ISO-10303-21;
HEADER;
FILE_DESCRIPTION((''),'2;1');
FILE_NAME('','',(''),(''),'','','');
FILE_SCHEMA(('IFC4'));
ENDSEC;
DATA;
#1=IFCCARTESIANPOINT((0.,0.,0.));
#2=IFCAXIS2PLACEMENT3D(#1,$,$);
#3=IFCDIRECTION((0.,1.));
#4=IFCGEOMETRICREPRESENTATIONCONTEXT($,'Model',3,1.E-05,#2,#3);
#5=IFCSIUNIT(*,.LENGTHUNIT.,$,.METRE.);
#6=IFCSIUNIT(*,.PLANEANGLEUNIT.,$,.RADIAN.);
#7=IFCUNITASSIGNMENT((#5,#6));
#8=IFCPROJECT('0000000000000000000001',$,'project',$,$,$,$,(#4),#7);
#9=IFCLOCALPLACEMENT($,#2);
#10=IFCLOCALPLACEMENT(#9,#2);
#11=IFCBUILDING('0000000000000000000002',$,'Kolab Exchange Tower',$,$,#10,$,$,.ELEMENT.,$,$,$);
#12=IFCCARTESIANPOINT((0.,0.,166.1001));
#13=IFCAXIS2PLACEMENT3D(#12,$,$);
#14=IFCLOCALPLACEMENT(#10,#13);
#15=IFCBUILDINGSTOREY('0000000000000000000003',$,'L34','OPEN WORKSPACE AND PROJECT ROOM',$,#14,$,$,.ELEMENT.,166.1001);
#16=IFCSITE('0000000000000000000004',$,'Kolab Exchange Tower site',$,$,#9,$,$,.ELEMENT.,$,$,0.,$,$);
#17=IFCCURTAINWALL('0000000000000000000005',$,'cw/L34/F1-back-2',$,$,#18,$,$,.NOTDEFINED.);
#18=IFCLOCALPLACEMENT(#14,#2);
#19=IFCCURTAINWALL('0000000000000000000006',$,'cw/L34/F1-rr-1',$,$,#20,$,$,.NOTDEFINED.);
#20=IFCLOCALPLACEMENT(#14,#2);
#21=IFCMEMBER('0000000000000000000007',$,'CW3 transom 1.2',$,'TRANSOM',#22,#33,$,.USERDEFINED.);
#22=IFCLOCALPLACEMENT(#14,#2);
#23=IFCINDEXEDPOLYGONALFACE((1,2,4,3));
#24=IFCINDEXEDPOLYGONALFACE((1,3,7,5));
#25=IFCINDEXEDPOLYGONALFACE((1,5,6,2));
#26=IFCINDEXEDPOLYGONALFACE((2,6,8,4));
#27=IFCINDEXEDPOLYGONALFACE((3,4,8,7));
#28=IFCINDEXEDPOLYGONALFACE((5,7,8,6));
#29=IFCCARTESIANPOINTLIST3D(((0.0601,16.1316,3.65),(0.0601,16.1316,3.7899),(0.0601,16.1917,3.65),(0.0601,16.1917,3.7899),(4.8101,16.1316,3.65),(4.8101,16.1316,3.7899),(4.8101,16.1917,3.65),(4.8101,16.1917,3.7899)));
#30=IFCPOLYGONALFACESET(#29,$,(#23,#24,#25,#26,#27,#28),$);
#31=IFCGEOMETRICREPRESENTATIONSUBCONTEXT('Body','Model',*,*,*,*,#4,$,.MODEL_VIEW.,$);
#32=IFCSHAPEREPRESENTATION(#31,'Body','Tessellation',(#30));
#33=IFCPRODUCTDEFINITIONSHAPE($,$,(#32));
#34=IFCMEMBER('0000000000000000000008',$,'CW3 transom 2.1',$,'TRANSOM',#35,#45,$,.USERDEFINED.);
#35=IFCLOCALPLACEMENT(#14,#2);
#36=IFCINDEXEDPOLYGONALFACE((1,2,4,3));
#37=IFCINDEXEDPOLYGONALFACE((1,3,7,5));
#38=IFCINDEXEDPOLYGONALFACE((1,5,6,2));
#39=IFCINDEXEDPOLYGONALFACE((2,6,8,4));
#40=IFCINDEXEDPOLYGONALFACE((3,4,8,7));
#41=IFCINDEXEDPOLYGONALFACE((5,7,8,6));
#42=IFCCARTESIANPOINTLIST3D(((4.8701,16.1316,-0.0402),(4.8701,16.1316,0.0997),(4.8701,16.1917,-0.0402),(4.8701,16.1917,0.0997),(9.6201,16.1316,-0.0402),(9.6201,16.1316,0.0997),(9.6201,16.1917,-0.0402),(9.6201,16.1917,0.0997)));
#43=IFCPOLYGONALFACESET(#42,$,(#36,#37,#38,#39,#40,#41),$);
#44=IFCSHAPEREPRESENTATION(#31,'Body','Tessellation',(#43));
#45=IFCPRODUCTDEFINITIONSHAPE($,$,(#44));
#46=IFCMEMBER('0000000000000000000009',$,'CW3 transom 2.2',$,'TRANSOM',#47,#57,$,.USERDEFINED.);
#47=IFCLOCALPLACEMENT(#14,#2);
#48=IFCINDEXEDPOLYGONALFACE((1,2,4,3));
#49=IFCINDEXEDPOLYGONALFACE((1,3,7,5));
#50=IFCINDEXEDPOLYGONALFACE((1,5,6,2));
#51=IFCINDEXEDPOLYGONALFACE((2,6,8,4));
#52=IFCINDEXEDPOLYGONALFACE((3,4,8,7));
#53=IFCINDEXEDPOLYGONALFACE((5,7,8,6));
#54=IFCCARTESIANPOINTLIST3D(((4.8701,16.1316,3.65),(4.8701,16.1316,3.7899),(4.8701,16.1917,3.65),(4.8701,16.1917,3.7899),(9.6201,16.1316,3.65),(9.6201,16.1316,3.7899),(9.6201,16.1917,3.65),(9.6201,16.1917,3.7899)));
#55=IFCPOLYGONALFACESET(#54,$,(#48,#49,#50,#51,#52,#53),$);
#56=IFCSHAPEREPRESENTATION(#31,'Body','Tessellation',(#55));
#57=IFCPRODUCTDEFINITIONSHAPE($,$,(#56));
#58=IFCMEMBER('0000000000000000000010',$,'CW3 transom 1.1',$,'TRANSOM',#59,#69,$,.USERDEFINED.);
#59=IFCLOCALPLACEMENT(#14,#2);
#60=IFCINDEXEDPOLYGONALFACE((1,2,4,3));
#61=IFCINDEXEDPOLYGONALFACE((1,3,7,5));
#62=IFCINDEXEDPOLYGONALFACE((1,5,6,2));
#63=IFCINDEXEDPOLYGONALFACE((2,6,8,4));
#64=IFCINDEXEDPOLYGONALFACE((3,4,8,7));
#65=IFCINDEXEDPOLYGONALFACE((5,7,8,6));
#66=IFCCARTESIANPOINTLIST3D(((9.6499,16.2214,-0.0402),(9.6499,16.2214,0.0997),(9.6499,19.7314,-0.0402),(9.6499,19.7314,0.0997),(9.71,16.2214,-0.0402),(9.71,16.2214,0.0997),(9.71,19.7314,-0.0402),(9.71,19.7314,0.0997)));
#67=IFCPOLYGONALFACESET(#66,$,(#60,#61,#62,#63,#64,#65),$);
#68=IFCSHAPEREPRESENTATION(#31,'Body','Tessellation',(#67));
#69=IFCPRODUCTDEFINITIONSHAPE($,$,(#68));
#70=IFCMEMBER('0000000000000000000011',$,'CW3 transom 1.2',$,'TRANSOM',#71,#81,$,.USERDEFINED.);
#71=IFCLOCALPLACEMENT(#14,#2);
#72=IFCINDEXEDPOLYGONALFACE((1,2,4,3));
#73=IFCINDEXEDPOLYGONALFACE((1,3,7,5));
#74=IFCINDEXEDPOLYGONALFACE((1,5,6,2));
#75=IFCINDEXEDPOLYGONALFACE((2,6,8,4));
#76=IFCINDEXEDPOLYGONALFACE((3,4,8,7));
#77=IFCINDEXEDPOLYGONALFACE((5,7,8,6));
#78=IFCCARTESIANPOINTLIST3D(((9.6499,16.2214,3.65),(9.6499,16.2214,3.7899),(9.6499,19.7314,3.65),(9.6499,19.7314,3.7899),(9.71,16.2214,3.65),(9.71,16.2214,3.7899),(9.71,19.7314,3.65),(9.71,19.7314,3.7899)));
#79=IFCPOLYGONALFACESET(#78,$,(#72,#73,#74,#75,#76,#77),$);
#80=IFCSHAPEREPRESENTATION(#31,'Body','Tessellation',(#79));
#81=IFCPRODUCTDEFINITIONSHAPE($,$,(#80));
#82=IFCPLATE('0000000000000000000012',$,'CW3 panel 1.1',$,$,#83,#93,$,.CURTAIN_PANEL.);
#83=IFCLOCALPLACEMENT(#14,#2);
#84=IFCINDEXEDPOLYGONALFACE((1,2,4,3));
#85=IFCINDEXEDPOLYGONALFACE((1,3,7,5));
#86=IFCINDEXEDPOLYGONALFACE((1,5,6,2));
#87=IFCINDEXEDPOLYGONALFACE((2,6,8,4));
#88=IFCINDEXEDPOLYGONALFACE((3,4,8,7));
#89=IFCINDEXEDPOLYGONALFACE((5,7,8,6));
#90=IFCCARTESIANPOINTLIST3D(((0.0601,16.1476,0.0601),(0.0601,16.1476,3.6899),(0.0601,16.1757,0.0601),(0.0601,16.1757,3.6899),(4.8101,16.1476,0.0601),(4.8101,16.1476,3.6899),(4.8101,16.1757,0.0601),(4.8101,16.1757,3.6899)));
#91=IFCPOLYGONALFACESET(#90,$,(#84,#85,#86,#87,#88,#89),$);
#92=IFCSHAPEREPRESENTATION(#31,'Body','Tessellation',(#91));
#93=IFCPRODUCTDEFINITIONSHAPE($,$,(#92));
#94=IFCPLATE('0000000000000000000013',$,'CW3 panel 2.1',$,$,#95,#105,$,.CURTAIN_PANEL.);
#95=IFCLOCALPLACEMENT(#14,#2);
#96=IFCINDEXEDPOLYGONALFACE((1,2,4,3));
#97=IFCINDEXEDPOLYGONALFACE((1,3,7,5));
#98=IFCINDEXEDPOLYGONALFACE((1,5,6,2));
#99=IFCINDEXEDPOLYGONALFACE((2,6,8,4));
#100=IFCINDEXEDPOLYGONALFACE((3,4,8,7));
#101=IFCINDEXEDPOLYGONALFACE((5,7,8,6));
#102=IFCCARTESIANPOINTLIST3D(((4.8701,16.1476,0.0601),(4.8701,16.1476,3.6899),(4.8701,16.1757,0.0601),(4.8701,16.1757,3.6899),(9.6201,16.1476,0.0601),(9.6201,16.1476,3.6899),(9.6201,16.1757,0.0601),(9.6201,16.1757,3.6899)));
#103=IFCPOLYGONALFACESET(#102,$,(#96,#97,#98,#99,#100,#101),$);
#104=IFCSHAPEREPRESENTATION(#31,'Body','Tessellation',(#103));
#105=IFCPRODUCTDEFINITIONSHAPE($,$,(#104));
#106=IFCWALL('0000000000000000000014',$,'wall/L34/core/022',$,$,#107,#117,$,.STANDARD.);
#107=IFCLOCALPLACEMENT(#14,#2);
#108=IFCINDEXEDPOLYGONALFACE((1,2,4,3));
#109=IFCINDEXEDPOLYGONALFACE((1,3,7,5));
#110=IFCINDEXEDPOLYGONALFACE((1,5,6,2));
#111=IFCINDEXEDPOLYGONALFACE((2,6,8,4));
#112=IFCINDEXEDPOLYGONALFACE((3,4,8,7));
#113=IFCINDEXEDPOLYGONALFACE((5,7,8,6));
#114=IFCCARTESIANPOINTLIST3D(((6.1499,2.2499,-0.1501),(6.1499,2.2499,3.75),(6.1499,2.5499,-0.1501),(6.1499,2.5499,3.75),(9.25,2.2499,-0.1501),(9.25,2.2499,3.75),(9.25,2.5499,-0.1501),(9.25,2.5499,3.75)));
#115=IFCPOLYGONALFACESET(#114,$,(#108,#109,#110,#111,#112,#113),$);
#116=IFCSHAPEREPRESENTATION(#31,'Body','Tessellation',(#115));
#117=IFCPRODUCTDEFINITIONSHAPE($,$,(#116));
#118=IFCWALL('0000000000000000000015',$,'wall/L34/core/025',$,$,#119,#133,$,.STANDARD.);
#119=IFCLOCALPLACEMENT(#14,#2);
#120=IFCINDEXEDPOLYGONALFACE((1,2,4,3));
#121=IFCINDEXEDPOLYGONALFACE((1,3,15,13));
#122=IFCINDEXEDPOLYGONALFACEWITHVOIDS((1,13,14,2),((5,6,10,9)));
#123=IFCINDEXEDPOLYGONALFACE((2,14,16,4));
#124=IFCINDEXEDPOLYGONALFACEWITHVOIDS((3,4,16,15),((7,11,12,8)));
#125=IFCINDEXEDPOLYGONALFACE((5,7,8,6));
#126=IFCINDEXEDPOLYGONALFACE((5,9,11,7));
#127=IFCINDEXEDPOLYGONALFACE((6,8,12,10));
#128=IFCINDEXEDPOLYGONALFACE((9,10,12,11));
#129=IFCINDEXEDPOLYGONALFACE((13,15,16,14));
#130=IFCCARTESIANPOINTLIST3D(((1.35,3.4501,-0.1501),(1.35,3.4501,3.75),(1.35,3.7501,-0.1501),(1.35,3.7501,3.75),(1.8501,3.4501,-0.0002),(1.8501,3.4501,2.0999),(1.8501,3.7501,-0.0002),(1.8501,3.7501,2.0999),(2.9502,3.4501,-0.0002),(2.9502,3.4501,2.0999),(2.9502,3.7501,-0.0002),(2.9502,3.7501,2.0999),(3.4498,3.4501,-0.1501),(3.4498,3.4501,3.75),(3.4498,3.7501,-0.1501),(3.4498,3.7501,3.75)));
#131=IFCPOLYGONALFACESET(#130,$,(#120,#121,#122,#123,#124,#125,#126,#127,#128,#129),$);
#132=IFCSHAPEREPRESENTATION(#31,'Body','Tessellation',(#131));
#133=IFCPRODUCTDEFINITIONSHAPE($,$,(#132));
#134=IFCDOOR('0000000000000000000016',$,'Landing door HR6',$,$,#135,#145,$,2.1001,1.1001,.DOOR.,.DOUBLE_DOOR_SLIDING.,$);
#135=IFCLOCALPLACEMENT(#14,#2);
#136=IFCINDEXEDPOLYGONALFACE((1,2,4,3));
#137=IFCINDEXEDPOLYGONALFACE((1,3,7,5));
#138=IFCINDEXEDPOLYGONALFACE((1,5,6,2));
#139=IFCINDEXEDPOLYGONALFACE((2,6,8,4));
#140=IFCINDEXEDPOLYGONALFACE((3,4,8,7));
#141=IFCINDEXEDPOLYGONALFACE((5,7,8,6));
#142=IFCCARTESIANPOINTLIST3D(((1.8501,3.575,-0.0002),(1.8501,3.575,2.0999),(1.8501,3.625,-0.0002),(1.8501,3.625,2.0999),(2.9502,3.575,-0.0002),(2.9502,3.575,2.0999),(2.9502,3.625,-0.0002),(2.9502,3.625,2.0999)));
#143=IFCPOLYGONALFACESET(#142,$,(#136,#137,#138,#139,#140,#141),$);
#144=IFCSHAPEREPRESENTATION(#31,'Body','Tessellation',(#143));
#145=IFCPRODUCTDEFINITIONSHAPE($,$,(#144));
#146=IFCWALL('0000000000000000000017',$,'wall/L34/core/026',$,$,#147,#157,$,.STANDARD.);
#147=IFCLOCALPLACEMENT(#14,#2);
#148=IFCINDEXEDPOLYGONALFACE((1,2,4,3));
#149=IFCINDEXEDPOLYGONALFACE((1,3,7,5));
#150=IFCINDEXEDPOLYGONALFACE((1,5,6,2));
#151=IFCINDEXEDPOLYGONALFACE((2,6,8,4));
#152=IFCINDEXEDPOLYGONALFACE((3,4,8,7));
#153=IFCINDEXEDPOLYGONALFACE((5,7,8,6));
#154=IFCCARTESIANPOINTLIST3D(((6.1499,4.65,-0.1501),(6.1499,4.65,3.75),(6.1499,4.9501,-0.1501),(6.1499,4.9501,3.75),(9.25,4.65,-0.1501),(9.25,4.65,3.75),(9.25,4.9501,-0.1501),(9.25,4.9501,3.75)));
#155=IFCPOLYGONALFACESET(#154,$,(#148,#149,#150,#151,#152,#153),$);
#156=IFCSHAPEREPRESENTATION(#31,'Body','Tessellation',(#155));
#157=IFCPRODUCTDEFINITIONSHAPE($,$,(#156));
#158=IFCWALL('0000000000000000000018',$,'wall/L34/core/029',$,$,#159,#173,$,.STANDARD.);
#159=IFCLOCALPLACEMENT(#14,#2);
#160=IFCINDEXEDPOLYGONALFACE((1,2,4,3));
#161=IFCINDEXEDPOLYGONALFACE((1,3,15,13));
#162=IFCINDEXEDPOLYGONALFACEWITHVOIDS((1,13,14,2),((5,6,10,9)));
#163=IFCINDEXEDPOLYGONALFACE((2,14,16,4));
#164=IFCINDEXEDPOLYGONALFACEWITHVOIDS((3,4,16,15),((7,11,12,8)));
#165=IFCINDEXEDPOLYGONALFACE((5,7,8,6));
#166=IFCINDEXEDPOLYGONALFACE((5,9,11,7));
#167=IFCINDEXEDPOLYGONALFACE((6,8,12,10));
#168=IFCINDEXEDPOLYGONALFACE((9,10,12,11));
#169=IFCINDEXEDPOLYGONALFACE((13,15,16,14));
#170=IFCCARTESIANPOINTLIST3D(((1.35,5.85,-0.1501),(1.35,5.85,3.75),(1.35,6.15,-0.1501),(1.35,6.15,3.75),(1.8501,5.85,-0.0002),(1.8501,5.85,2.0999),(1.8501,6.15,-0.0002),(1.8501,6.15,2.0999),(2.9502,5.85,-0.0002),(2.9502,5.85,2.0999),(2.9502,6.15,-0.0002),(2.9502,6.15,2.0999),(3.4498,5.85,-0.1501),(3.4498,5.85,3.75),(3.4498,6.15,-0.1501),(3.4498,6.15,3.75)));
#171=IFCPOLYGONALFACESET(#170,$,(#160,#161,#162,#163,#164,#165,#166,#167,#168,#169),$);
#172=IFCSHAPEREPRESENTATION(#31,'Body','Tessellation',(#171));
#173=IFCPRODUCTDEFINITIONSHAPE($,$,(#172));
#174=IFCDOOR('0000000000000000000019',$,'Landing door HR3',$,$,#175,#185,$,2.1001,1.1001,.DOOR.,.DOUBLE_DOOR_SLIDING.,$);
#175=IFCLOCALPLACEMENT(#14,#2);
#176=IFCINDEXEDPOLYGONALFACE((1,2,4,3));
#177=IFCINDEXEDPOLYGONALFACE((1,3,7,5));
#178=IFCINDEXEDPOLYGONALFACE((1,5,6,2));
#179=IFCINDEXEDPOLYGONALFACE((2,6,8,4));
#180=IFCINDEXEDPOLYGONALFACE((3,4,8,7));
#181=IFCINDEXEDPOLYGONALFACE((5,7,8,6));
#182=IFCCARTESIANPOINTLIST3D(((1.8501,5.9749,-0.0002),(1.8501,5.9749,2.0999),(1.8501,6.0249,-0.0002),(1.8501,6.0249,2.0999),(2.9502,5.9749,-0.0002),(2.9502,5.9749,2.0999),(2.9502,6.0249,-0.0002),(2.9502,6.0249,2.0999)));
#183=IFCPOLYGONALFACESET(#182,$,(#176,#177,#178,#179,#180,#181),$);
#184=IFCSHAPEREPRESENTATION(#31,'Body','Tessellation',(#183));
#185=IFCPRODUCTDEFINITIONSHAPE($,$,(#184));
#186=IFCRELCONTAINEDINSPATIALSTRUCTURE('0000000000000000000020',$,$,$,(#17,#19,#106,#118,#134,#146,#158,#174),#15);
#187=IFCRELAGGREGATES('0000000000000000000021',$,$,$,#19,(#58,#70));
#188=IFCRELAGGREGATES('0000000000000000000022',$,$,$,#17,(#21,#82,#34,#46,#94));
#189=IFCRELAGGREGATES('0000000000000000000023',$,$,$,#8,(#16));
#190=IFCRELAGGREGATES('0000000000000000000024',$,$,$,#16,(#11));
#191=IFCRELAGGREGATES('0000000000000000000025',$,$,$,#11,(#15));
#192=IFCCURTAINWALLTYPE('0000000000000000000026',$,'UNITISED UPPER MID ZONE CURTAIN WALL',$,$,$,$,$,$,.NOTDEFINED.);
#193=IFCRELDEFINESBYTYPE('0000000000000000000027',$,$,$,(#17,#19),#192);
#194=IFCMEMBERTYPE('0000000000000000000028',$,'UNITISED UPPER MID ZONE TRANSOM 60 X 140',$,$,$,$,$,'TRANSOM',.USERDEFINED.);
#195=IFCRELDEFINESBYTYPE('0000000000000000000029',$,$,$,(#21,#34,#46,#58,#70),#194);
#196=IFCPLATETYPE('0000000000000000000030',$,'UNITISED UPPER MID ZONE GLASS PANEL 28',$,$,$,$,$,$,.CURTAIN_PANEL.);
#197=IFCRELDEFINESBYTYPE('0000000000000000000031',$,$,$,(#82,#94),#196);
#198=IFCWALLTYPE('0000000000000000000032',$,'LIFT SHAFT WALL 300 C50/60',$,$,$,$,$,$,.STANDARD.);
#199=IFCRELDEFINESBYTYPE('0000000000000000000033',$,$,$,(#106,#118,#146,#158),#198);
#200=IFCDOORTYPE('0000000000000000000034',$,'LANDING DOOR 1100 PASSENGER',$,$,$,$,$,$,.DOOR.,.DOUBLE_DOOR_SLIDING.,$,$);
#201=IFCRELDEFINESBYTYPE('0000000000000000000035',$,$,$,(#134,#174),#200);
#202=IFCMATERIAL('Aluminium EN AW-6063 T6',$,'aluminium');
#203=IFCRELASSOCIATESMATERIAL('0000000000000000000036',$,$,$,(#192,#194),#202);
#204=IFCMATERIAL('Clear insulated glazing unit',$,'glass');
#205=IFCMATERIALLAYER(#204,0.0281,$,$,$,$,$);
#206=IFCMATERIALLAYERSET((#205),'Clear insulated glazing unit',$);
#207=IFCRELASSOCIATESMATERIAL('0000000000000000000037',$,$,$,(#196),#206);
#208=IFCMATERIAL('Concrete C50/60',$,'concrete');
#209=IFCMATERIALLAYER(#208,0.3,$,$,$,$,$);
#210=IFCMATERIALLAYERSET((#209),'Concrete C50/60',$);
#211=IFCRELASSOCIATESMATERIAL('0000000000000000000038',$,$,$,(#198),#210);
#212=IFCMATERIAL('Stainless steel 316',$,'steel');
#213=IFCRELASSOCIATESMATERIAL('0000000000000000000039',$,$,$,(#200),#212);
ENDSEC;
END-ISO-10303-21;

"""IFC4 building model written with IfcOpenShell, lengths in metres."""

from ifc_helpers import new_model, si_unit, direction, frame, frame_2d, origin, origin_2d, place, context, subcontext, project, spatial, rectangle, extrude, material, layer, layer_set, material_profile, profile_set, type_object, element, fill, aggregate, save


model = new_model("IFC4")

# Units and contexts
model_context = context("Model", 3, precision=1e-05, world=origin(), true_north=direction((0.0, 1.0)))
body_context = subcontext(model_context, "Body", "Model", "MODEL_VIEW")
ifc_project = project(units=[si_unit("LENGTHUNIT", "METRE"), si_unit("PLANEANGLEUNIT", "RADIAN")], contexts=[model_context])

# Site, building, storey
site_placement = place(None, origin())
site = spatial("IfcSite", under=ifc_project, at=site_placement, Name="Kolab Exchange Tower site", CompositionType="ELEMENT", RefElevation=0.0)
building_placement = place(site_placement, origin())
building = spatial("IfcBuilding", under=site, at=building_placement, Name="Kolab Exchange Tower", CompositionType="ELEMENT")
storey_placement = place(building_placement, frame((0.0, 0.0, 166.1001)))
storey = spatial("IfcBuildingStorey", under=building, at=storey_placement, Name="L34", Description="OPEN WORKSPACE AND PROJECT ROOM", CompositionType="ELEMENT", Elevation=166.1001)

# Curtain wall
ifc_material_1 = material(Name="Aluminium EN AW-6063 T6", Category="aluminium")
curtain_wall_type = type_object("IfcCurtainWallType", Name="UNITISED UPPER MID ZONE CURTAIN WALL", PredefinedType="NOTDEFINED", material=ifc_material_1)
curtain_wall_1_placement = place(storey_placement, origin())
curtain_wall_1 = element("IfcCurtainWall", 1, at=curtain_wall_1_placement, inside=storey, type_object=curtain_wall_type, Name="cw/L34/F1-back-2", PredefinedType="NOTDEFINED")

# Curtain wall
curtain_wall_2_placement = place(storey_placement, origin())
curtain_wall_2 = element("IfcCurtainWall", 2, at=curtain_wall_2_placement, inside=storey, type_object=curtain_wall_type, Name="cw/L34/F1-rr-1", PredefinedType="NOTDEFINED")

# Members
ifc_material_profile_1 = material_profile(ifc_material_1, rectangle(XDim=0.0601, YDim=0.1399, at=origin_2d()), Name="RECT 60X140")
ifc_profile_set_1 = profile_set([ifc_material_profile_1], Name="Aluminium EN AW-6063 T6")
member_type_1 = type_object("IfcMemberType", Name="UNITISED UPPER MID ZONE TRANSOM 60 X 140", ElementType="TRANSOM", PredefinedType="USERDEFINED", material=ifc_profile_set_1)
member_1_placement = place(storey_placement, frame((0.0601, 16.1616, 3.72), z_axis=(1.0, 0.0, 0.0), x_axis=(0.0, 1.0, 0.0)))
member_1 = element("IfcMember", 3, at=member_1_placement, type_object=member_type_1, Name="CW3 transom 1.2", ObjectType="TRANSOM", PredefinedType="USERDEFINED", context=body_context, shape_type="SweptSolid", body=[
    extrude(rectangle(XDim=0.0601, YDim=0.1399, at=origin_2d()), origin(), (0.0, 0.0, 1.0), 4.75),
])
member_2_placement = place(storey_placement, frame((4.8701, 16.1616, 0.0298), z_axis=(1.0, 0.0, 0.0), x_axis=(0.0, 1.0, 0.0)))
member_2 = element("IfcMember", 4, at=member_2_placement, type_object=member_type_1, Name="CW3 transom 2.1", ObjectType="TRANSOM", PredefinedType="USERDEFINED", context=body_context, shape_type="SweptSolid", body=[
    extrude(rectangle(XDim=0.0601, YDim=0.1399, at=origin_2d()), origin(), (0.0, 0.0, 1.0), 4.75),
])
member_3_placement = place(storey_placement, frame((4.8701, 16.1616, 3.72), z_axis=(1.0, 0.0, 0.0), x_axis=(0.0, 1.0, 0.0)))
member_3 = element("IfcMember", 5, at=member_3_placement, type_object=member_type_1, Name="CW3 transom 2.2", ObjectType="TRANSOM", PredefinedType="USERDEFINED", context=body_context, shape_type="SweptSolid", body=[
    extrude(rectangle(XDim=0.0601, YDim=0.1399, at=origin_2d()), origin(), (0.0, 0.0, 1.0), 4.75),
])
member_4_placement = place(storey_placement, frame((9.6799, 16.2214, 0.0298), z_axis=(0.0, 1.0, 0.0), x_axis=(-1.0, 0.0, 0.0)))
member_4 = element("IfcMember", 6, at=member_4_placement, type_object=member_type_1, Name="CW3 transom 1.1", ObjectType="TRANSOM", PredefinedType="USERDEFINED", context=body_context, shape_type="SweptSolid", body=[
    extrude(rectangle(XDim=0.0601, YDim=0.1399, at=origin_2d()), origin(), (0.0, 0.0, 1.0), 3.51),
])
member_5_placement = place(storey_placement, frame((9.6799, 16.2214, 3.72), z_axis=(0.0, 1.0, 0.0), x_axis=(-1.0, 0.0, 0.0)))
member_5 = element("IfcMember", 7, at=member_5_placement, type_object=member_type_1, Name="CW3 transom 1.2", ObjectType="TRANSOM", PredefinedType="USERDEFINED", context=body_context, shape_type="SweptSolid", body=[
    extrude(rectangle(XDim=0.0601, YDim=0.1399, at=origin_2d()), origin(), (0.0, 0.0, 1.0), 3.51),
])
aggregate(curtain_wall_2, [member_4, member_5])

# Plates
ifc_material_2 = material(Name="Clear insulated glazing unit", Category="glass")
ifc_layer_1 = layer(ifc_material_2, 0.0281)
ifc_layer_set_1 = layer_set([ifc_layer_1], Name="Clear insulated glazing unit")
plate_type = type_object("IfcPlateType", Name="UNITISED UPPER MID ZONE GLASS PANEL 28", PredefinedType="CURTAIN_PANEL", material=ifc_layer_set_1)
plate_1_placement = place(storey_placement, frame((2.4351, 16.1616, 0.0601), z_axis=(0.0, 0.0, 1.0), x_axis=(1.0, 0.0, 0.0)))
plate_1 = element("IfcPlate", 8, at=plate_1_placement, type_object=plate_type, Name="CW3 panel 1.1", PredefinedType="CURTAIN_PANEL", context=body_context, shape_type="SweptSolid", body=[
    extrude(rectangle(XDim=4.75, YDim=0.0281, at=origin_2d()), origin(), (0.0, 0.0, 1.0), 3.6299),
])
plate_2_placement = place(storey_placement, frame((7.2451, 16.1616, 0.0601), z_axis=(0.0, 0.0, 1.0), x_axis=(1.0, 0.0, 0.0)))
plate_2 = element("IfcPlate", 9, at=plate_2_placement, type_object=plate_type, Name="CW3 panel 2.1", PredefinedType="CURTAIN_PANEL", context=body_context, shape_type="SweptSolid", body=[
    extrude(rectangle(XDim=4.75, YDim=0.0281, at=origin_2d()), origin(), (0.0, 0.0, 1.0), 3.6299),
])
aggregate(curtain_wall_1, [member_1, plate_1, member_2, member_3, plate_2])

# Wall
ifc_material_3 = material(Name="Concrete C50/60", Category="concrete")
ifc_layer_2 = layer(ifc_material_3, 0.3)
ifc_layer_set_2 = layer_set([ifc_layer_2], Name="Concrete C50/60")
wall_type_1 = type_object("IfcWallType", Name="LIFT SHAFT WALL 300 C50/60", PredefinedType="STANDARD", material=ifc_layer_set_2)
wall_1_placement = place(storey_placement, frame((6.1499, 2.3999, -0.1501), z_axis=(0.0, 0.0, 1.0), x_axis=(1.0, 0.0, 0.0)))
element("IfcWall", 10, at=wall_1_placement, inside=storey, type_object=wall_type_1, Name="wall/L34/core/022", PredefinedType="STANDARD", context=body_context, shape_type="SweptSolid", body=[
    extrude(rectangle(XDim=3.1001, YDim=0.3, at=frame_2d((1.55, 0.0))), origin(), (0.0, 0.0, 1.0), 3.9001),
])

# Wall, opening, door
wall_2_placement = place(storey_placement, frame((1.3501, 3.6001, -0.1501), z_axis=(0.0, 0.0, 1.0), x_axis=(1.0, 0.0, 0.0)))
wall_2 = element("IfcWall", 11, at=wall_2_placement, inside=storey, type_object=wall_type_1, Name="wall/L34/core/025", PredefinedType="STANDARD", context=body_context, shape_type="SweptSolid", body=[
    extrude(rectangle(XDim=2.0999, YDim=0.3, at=frame_2d((1.0498, 0.0))), origin(), (0.0, 0.0, 1.0), 3.9001),
])
opening_1_placement = place(wall_2_placement, frame((0.5, 0.0, 0.1499)))
opening_1 = element("IfcOpeningElement", 12, at=opening_1_placement, cuts=wall_2, PredefinedType="OPENING", context=body_context, shape_type="SweptSolid", body=[
    extrude(rectangle(XDim=1.1001, YDim=2.1001, at=frame_2d((0.55, 1.05))), frame((0.0, 0.1602, 0.0), z_axis=(0.0, -1.0, 0.0), x_axis=(1.0, 0.0, 0.0)), (0.0, 0.0, 1.0), 0.3201),
])
ifc_material_4 = material(Name="Stainless steel 316", Category="steel")
door_type_1 = type_object("IfcDoorType", Name="LANDING DOOR 1100 PASSENGER", OperationType="DOUBLE_DOOR_SLIDING", PredefinedType="DOOR", material=ifc_material_4)
door_1_placement = place(opening_1_placement, origin())
door_1 = element("IfcDoor", 13, at=door_1_placement, inside=storey, type_object=door_type_1, Name="Landing door HR6", OperationType="DOUBLE_DOOR_SLIDING", OverallHeight=2.1001, OverallWidth=1.1001, PredefinedType="DOOR", context=body_context, shape_type="SweptSolid", body=[
    extrude(rectangle(XDim=1.1001, YDim=2.1001, at=frame_2d((0.55, 1.05))), frame((0.0, 0.0249, 0.0), z_axis=(0.0, -1.0, 0.0), x_axis=(1.0, 0.0, 0.0)), (0.0, 0.0, 1.0), 0.05),
])
fill(opening_1, door_1)

# Wall
wall_3_placement = place(storey_placement, frame((6.1499, 4.8, -0.1501), z_axis=(0.0, 0.0, 1.0), x_axis=(1.0, 0.0, 0.0)))
element("IfcWall", 14, at=wall_3_placement, inside=storey, type_object=wall_type_1, Name="wall/L34/core/026", PredefinedType="STANDARD", context=body_context, shape_type="SweptSolid", body=[
    extrude(rectangle(XDim=3.1001, YDim=0.3, at=frame_2d((1.55, 0.0))), origin(), (0.0, 0.0, 1.0), 3.9001),
])

# Wall, opening, door
wall_4_placement = place(storey_placement, frame((1.3501, 6.0, -0.1501), z_axis=(0.0, 0.0, 1.0), x_axis=(1.0, 0.0, 0.0)))
wall_4 = element("IfcWall", 15, at=wall_4_placement, inside=storey, type_object=wall_type_1, Name="wall/L34/core/029", PredefinedType="STANDARD", context=body_context, shape_type="SweptSolid", body=[
    extrude(rectangle(XDim=2.0999, YDim=0.3, at=frame_2d((1.0498, 0.0))), origin(), (0.0, 0.0, 1.0), 3.9001),
])
opening_2_placement = place(wall_4_placement, frame((0.5, 0.0, 0.1499)))
opening_2 = element("IfcOpeningElement", 16, at=opening_2_placement, cuts=wall_4, PredefinedType="OPENING", context=body_context, shape_type="SweptSolid", body=[
    extrude(rectangle(XDim=1.1001, YDim=2.1001, at=frame_2d((0.55, 1.05))), frame((0.0, 0.1602, 0.0), z_axis=(0.0, -1.0, 0.0), x_axis=(1.0, 0.0, 0.0)), (0.0, 0.0, 1.0), 0.3201),
])
door_2_placement = place(opening_2_placement, origin())
door_2 = element("IfcDoor", 17, at=door_2_placement, inside=storey, type_object=door_type_1, Name="Landing door HR3", OperationType="DOUBLE_DOOR_SLIDING", OverallHeight=2.1001, OverallWidth=1.1001, PredefinedType="DOOR", context=body_context, shape_type="SweptSolid", body=[
    extrude(rectangle(XDim=1.1001, YDim=2.1001, at=frame_2d((0.55, 1.05))), frame((0.0, 0.0249, 0.0), z_axis=(0.0, -1.0, 0.0), x_axis=(1.0, 0.0, 0.0)), (0.0, 0.0, 1.0), 0.05),
])
fill(opening_2, door_2)

save(model, "model.ifc")
